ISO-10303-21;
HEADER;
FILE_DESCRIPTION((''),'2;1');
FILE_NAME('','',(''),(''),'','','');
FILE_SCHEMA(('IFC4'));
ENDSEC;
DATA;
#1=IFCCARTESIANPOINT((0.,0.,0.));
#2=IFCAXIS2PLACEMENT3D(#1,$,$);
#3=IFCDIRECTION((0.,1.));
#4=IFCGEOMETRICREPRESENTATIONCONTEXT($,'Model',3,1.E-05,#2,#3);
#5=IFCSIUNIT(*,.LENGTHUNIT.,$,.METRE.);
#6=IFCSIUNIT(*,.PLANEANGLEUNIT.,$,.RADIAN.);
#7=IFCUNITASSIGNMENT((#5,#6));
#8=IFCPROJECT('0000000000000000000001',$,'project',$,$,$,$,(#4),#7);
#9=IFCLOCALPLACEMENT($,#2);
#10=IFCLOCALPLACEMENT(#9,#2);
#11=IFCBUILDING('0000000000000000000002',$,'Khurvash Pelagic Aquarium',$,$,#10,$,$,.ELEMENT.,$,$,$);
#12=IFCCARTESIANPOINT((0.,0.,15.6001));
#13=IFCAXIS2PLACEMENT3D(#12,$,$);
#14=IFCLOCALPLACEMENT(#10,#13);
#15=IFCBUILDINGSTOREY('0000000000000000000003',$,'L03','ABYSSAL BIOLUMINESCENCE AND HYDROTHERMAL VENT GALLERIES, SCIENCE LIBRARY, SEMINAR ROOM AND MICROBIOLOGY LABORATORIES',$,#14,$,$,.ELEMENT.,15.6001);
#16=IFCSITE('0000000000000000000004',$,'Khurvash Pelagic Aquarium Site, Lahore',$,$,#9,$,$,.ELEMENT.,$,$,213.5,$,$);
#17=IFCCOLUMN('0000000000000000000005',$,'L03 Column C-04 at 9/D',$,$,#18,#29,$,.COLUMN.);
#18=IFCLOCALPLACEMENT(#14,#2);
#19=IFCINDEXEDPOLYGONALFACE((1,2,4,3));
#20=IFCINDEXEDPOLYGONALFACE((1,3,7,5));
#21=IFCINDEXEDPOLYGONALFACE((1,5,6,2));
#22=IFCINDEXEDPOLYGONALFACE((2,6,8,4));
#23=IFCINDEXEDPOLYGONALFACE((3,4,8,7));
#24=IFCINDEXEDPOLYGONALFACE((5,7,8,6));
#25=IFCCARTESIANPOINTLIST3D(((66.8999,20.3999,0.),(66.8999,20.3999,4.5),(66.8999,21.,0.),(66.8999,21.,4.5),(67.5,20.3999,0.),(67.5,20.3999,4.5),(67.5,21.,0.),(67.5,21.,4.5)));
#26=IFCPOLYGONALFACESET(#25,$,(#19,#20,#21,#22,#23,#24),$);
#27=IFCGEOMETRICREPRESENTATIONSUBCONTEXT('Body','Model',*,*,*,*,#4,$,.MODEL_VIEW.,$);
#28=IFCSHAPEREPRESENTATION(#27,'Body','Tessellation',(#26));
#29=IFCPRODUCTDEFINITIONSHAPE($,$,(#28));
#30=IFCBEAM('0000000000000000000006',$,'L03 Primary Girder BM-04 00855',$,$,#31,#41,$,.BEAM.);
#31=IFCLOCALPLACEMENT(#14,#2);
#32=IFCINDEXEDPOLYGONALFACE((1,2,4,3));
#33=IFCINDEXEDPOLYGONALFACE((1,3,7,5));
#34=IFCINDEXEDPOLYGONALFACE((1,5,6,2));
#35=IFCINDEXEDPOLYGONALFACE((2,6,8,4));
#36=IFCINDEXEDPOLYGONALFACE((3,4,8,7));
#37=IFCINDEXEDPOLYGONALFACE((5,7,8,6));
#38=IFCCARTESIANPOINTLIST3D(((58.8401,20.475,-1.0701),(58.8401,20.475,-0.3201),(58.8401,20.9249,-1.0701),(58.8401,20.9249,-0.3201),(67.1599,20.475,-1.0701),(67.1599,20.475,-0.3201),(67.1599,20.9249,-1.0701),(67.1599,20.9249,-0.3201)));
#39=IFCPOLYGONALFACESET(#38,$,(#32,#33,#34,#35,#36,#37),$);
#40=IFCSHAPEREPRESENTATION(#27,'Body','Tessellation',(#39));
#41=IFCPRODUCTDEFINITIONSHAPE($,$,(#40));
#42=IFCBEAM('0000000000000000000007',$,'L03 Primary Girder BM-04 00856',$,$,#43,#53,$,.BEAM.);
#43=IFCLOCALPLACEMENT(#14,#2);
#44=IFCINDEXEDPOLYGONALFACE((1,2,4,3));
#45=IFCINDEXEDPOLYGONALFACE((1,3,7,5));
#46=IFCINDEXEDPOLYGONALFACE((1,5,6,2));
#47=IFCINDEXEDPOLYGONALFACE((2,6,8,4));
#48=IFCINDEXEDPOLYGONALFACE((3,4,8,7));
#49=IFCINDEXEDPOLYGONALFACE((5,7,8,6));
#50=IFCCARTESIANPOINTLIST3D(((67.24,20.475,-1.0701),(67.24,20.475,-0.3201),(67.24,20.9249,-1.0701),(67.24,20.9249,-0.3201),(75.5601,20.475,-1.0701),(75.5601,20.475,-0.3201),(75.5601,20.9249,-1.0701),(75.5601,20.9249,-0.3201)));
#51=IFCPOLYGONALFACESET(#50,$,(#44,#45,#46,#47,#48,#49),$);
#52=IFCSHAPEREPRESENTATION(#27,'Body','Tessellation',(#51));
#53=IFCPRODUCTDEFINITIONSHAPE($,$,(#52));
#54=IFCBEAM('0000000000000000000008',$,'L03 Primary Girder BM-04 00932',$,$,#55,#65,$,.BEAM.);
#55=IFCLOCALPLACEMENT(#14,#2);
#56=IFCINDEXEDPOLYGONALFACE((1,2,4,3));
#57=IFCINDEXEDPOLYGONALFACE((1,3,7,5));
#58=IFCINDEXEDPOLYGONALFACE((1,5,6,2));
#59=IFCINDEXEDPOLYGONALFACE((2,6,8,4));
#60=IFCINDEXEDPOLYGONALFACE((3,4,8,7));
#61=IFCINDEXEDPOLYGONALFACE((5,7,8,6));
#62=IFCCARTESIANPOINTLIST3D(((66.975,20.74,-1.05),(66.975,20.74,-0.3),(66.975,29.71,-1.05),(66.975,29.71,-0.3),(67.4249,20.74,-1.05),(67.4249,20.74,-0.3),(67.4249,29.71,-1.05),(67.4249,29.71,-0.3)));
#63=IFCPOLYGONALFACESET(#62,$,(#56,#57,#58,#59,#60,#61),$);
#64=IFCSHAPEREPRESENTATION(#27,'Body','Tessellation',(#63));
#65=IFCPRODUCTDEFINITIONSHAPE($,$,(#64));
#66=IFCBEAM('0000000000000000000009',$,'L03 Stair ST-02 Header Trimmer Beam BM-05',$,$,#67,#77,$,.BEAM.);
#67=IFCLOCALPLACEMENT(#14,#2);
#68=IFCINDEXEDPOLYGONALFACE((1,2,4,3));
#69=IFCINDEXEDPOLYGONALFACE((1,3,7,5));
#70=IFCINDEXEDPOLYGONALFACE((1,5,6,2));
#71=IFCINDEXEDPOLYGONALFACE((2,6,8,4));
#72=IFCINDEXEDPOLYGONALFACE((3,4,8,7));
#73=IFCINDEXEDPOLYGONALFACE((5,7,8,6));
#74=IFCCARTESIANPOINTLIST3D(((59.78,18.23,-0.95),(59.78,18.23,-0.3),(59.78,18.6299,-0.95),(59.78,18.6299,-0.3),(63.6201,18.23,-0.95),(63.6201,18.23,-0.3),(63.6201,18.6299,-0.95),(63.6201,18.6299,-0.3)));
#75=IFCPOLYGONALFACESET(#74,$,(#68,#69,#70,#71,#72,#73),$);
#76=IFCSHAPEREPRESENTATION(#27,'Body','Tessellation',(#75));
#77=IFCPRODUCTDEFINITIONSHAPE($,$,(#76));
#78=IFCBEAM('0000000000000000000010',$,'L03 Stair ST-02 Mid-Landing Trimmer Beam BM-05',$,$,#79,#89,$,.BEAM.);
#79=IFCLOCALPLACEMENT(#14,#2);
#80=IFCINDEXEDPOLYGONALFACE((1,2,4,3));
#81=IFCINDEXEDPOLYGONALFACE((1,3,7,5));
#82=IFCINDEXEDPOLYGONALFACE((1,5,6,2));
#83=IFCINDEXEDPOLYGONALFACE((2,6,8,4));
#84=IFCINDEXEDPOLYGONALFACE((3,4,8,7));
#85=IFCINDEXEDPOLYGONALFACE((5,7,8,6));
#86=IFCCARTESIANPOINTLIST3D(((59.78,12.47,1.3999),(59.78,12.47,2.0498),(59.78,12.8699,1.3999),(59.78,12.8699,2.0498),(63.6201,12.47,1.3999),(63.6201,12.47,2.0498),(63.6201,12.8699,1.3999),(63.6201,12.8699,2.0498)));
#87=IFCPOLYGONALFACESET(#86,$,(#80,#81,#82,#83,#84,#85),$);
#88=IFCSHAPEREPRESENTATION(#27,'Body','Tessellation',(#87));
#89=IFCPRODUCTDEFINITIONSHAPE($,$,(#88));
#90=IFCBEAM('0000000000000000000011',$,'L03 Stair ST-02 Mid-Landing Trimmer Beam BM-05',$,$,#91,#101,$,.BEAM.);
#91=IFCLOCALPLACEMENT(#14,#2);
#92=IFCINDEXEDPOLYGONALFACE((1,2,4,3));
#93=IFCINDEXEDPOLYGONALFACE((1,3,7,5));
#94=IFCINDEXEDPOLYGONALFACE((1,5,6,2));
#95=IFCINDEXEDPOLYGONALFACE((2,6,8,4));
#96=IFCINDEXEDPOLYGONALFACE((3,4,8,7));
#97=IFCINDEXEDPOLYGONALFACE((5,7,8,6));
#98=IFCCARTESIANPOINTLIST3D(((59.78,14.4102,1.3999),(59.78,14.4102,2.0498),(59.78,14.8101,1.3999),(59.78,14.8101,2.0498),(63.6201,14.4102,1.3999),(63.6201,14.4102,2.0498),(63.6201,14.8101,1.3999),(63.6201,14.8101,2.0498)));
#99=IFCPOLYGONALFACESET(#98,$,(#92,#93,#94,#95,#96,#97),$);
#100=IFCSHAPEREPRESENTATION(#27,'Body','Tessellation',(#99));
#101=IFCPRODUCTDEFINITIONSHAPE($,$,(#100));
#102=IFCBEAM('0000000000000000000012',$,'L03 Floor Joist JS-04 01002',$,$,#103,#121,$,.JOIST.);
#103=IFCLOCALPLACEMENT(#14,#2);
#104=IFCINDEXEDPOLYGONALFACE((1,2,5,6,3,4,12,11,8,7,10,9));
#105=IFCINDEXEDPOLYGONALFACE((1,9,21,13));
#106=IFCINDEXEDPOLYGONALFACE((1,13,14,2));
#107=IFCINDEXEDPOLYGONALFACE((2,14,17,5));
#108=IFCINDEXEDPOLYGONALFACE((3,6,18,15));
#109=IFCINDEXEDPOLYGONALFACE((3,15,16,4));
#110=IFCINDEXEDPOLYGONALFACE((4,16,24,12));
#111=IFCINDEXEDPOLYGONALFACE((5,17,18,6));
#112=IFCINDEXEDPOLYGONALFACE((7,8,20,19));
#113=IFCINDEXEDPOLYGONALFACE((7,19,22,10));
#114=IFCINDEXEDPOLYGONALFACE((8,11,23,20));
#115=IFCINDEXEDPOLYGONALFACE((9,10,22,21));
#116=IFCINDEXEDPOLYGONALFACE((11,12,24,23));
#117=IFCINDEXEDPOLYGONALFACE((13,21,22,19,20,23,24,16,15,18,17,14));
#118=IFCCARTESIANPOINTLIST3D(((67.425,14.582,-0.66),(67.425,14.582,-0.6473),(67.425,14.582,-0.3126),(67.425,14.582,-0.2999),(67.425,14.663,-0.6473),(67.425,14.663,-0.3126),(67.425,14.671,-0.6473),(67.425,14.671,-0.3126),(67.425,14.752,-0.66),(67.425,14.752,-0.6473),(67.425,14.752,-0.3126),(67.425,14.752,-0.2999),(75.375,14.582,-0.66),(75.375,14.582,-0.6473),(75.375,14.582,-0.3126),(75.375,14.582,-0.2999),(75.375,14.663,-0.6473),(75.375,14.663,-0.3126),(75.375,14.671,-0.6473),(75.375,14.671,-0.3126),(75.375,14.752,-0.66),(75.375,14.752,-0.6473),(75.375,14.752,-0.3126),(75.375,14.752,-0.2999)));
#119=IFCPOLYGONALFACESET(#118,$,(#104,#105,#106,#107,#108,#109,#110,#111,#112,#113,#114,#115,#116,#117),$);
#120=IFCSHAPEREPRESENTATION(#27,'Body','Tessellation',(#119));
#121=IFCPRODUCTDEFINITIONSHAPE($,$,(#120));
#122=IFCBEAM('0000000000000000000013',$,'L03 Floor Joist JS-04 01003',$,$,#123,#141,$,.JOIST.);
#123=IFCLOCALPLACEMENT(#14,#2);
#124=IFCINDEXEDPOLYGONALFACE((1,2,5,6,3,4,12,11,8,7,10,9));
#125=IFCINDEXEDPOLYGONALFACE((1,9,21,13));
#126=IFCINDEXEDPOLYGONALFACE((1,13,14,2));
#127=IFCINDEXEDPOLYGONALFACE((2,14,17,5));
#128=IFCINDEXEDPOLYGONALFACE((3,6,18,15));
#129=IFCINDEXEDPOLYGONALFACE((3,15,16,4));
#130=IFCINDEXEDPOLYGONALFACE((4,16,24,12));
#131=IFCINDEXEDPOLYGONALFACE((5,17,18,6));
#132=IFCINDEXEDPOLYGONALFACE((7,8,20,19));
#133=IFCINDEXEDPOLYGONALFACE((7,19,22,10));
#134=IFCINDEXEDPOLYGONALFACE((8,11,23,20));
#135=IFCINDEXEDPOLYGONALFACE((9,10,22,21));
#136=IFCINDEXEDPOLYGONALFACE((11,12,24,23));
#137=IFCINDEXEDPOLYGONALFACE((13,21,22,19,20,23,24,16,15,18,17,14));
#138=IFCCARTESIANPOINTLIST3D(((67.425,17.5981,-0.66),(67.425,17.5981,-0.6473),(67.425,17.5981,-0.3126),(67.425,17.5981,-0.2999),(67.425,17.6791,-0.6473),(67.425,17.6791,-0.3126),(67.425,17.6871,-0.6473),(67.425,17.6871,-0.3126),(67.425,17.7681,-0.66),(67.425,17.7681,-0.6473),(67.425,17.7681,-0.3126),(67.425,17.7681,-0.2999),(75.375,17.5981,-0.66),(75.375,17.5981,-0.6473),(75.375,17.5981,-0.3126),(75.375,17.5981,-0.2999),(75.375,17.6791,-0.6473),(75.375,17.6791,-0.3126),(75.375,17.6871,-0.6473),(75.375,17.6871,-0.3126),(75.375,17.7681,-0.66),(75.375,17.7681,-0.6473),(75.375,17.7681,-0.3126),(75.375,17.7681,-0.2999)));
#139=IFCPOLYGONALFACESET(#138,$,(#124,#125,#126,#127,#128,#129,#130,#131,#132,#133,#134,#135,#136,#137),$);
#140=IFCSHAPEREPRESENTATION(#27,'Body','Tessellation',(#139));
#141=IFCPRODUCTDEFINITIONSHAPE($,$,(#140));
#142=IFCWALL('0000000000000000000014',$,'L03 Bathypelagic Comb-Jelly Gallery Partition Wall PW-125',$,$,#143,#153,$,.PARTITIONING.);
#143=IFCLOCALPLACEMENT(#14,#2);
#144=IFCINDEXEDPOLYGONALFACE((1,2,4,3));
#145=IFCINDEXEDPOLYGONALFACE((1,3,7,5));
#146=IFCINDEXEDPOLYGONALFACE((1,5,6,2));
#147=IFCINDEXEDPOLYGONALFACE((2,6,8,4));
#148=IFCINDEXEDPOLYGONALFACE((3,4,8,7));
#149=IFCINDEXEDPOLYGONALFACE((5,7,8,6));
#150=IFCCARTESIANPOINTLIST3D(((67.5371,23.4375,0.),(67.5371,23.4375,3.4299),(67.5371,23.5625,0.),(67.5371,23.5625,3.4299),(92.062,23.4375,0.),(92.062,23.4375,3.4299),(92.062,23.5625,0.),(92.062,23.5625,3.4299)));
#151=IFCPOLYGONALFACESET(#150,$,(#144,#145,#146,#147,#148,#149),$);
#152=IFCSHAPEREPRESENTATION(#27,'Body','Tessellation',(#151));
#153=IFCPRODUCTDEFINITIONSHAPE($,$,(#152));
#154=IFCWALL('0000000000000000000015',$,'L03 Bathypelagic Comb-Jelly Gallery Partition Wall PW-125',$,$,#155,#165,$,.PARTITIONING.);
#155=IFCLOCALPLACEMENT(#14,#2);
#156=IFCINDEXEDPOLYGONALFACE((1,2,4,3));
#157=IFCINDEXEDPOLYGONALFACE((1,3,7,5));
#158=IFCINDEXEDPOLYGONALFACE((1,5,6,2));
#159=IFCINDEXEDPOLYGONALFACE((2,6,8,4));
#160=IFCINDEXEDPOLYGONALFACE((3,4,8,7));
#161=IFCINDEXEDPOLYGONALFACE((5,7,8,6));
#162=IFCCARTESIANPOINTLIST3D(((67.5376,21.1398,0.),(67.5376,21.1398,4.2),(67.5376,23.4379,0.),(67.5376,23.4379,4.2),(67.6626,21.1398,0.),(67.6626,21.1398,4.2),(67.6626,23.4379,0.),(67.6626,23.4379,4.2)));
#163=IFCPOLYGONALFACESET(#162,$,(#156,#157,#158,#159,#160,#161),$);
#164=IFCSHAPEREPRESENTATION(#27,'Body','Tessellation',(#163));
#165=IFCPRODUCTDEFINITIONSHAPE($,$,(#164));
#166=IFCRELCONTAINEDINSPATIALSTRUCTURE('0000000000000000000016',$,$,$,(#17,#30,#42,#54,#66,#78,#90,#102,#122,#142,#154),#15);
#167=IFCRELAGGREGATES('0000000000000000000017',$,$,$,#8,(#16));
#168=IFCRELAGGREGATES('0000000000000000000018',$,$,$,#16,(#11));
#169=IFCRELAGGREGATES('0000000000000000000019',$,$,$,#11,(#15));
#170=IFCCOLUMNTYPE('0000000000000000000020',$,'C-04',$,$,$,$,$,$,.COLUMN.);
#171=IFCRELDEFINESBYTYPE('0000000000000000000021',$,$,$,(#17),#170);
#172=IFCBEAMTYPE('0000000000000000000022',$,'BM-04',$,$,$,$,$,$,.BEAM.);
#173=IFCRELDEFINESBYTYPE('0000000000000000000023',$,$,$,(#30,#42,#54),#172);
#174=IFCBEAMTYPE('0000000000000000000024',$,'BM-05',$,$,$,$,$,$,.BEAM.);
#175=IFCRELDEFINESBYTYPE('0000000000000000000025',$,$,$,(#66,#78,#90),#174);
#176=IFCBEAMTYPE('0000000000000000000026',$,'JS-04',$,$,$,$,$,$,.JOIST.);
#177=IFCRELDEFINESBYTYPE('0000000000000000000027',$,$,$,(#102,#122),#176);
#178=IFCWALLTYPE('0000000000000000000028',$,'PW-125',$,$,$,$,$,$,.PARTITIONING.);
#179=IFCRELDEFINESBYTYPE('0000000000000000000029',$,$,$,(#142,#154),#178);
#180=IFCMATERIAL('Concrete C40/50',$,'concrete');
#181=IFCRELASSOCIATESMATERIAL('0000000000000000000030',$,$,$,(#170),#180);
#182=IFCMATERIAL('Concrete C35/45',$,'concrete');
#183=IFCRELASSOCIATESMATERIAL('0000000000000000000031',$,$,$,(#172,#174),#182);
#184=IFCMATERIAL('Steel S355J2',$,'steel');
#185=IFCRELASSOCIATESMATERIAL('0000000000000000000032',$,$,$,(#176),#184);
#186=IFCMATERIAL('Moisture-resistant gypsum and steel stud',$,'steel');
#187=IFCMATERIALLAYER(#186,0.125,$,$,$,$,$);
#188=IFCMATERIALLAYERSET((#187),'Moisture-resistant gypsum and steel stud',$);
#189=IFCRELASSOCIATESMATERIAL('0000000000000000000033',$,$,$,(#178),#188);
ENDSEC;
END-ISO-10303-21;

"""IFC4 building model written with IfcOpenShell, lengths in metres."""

from ifc_helpers import new_model, si_unit, direction, frame, frame_2d, origin, origin_2d, place, context, subcontext, project, spatial, rectangle, i_section, extrude, material, layer, layer_set, material_profile, profile_set, type_object, element, save


model = new_model("IFC4")

# Units and contexts
model_context = context("Model", 3, precision=1e-05, world=origin(), true_north=direction((0.0, 1.0)))
body_context = subcontext(model_context, "Body", "Model", "MODEL_VIEW")
ifc_project = project(units=[si_unit("LENGTHUNIT", "METRE"), si_unit("PLANEANGLEUNIT", "RADIAN")], contexts=[model_context])

# Site, building, storey
site_placement = place(None, origin())
site = spatial("IfcSite", under=ifc_project, at=site_placement, Name="Khurvash Pelagic Aquarium Site, Lahore", CompositionType="ELEMENT", RefElevation=213.5)
building_placement = place(site_placement, origin())
building = spatial("IfcBuilding", under=site, at=building_placement, Name="Khurvash Pelagic Aquarium", CompositionType="ELEMENT")
storey_placement = place(building_placement, frame((0.0, 0.0, 15.6001)))
storey = spatial("IfcBuildingStorey", under=building, at=storey_placement, Name="L03", Description="ABYSSAL BIOLUMINESCENCE AND HYDROTHERMAL VENT GALLERIES, SCIENCE LIBRARY, SEMINAR ROOM AND MICROBIOLOGY LABORATORIES", CompositionType="ELEMENT", Elevation=15.6001)

# Column
ifc_material_1 = material(Name="Concrete C40/50", Category="concrete")
ifc_material_profile_1 = material_profile(ifc_material_1, rectangle(XDim=0.6001, YDim=0.6001, at=origin_2d()), Name="RC600X600")
ifc_profile_set_1 = profile_set([ifc_material_profile_1], Name="Concrete C40/50")
column_type = type_object("IfcColumnType", Name="C-04", PredefinedType="COLUMN", material=ifc_profile_set_1)
column_placement = place(storey_placement, frame((67.2, 20.7, 0.0), z_axis=(0.0, 0.0, 1.0), x_axis=(1.0, 0.0, 0.0)))
element("IfcColumn", 1, at=column_placement, inside=storey, type_object=column_type, Name="L03 Column C-04 at 9/D", PredefinedType="COLUMN", context=body_context, shape_type="SweptSolid", body=[
    extrude(rectangle(XDim=0.6001, YDim=0.6001, at=origin_2d()), origin(), (0.0, 0.0, 1.0), 4.5),
])

# Beams
ifc_material_2 = material(Name="Concrete C35/45", Category="concrete")
ifc_material_profile_2 = material_profile(ifc_material_2, rectangle(XDim=0.45, YDim=0.75, at=origin_2d()), Name="RC450X750")
ifc_profile_set_2 = profile_set([ifc_material_profile_2], Name="Concrete C35/45")
beam_type_1 = type_object("IfcBeamType", Name="BM-04", PredefinedType="BEAM", material=ifc_profile_set_2)
beam_1_placement = place(storey_placement, frame((58.8401, 20.7, -0.6951), z_axis=(1.0, 0.0, 0.0), x_axis=(0.0, 1.0, 0.0)))
element("IfcBeam", 2, at=beam_1_placement, inside=storey, type_object=beam_type_1, Name="L03 Primary Girder BM-04 00855", PredefinedType="BEAM", context=body_context, shape_type="SweptSolid", body=[
    extrude(rectangle(XDim=0.45, YDim=0.75, at=origin_2d()), origin(), (0.0, 0.0, 1.0), 8.3198),
])
beam_2_placement = place(storey_placement, frame((67.24, 20.7, -0.6951), z_axis=(1.0, 0.0, 0.0), x_axis=(0.0, 1.0, 0.0)))
element("IfcBeam", 3, at=beam_2_placement, inside=storey, type_object=beam_type_1, Name="L03 Primary Girder BM-04 00856", PredefinedType="BEAM", context=body_context, shape_type="SweptSolid", body=[
    extrude(rectangle(XDim=0.45, YDim=0.75, at=origin_2d()), origin(), (0.0, 0.0, 1.0), 8.3201),
])
beam_3_placement = place(storey_placement, frame((67.2, 20.74, -0.675), z_axis=(0.0, 1.0, 0.0), x_axis=(-1.0, 0.0, 0.0)))
element("IfcBeam", 4, at=beam_3_placement, inside=storey, type_object=beam_type_1, Name="L03 Primary Girder BM-04 00932", PredefinedType="BEAM", context=body_context, shape_type="SweptSolid", body=[
    extrude(rectangle(XDim=0.45, YDim=0.75, at=origin_2d()), origin(), (0.0, 0.0, 1.0), 8.97),
])
ifc_material_profile_3 = material_profile(ifc_material_2, rectangle(XDim=0.3999, YDim=0.6499, at=origin_2d()), Name="RC400X650")
ifc_profile_set_3 = profile_set([ifc_material_profile_3], Name="Concrete C35/45")
beam_type_2 = type_object("IfcBeamType", Name="BM-05", PredefinedType="BEAM", material=ifc_profile_set_3)
for number, where, z_axis, x_axis, name in (
    (5, (59.78, 18.4299, -0.625), (1.0, 0.0, 0.0), (0.0, 1.0, 0.0), "L03 Stair ST-02 Header Trimmer Beam BM-05"),
    (6, (59.78, 12.6699, 1.7249), (1.0, 0.0, 0.0), (0.0, 1.0, 0.0), "L03 Stair ST-02 Mid-Landing Trimmer Beam BM-05"),
    (7, (59.78, 14.6101, 1.7249), (1.0, 0.0, 0.0), (0.0, 1.0, 0.0), "L03 Stair ST-02 Mid-Landing Trimmer Beam BM-05"),
):
    element("IfcBeam", number, at=place(storey_placement, frame(where, z_axis=z_axis, x_axis=x_axis)), inside=storey, type_object=beam_type_2, Name=name, PredefinedType="BEAM", context=body_context, shape_type="SweptSolid", body=[
        extrude(rectangle(XDim=0.3999, YDim=0.6499, at=origin_2d()), origin(), (0.0, 0.0, 1.0), 3.8401),
    ])
ifc_material_3 = material(Name="Steel S355J2", Category="steel")
ifc_material_profile_4 = material_profile(ifc_material_3, i_section(OverallWidth=0.1699, OverallDepth=0.3601, WebThickness=0.0081, FlangeThickness=0.0127, at=origin_2d()), Name="IPE360")
ifc_profile_set_4 = profile_set([ifc_material_profile_4], Name="Steel S355J2")
beam_type_3 = type_object("IfcBeamType", Name="JS-04", PredefinedType="JOIST", material=ifc_profile_set_4)
for number, where, z_axis, x_axis, name in (
    (8, (67.425, 14.667, -0.48), (1.0, 0.0, 0.0), (0.0, 1.0, 0.0), "L03 Floor Joist JS-04 01002"),
    (9, (67.425, 17.6831, -0.48), (1.0, 0.0, 0.0), (0.0, 1.0, 0.0), "L03 Floor Joist JS-04 01003"),
):
    element("IfcBeam", number, at=place(storey_placement, frame(where, z_axis=z_axis, x_axis=x_axis)), inside=storey, type_object=beam_type_3, Name=name, PredefinedType="JOIST", context=body_context, shape_type="SweptSolid", body=[
        extrude(i_section(OverallWidth=0.1699, OverallDepth=0.3601, WebThickness=0.0081, FlangeThickness=0.0127, at=origin_2d()), origin(), (0.0, 0.0, 1.0), 7.95),
    ])

# Walls
ifc_material_4 = material(Name="Moisture-resistant gypsum and steel stud", Category="steel")
ifc_layer_1 = layer(ifc_material_4, 0.125)
ifc_layer_set_1 = layer_set([ifc_layer_1], Name="Moisture-resistant gypsum and steel stud")
wall_type_1 = type_object("IfcWallType", Name="PW-125", PredefinedType="PARTITIONING", material=ifc_layer_set_1)
wall_1_placement = place(storey_placement, frame((67.5371, 23.5, 0.0), z_axis=(0.0, 0.0, 1.0), x_axis=(1.0, 0.0, 0.0)))
element("IfcWall", 10, at=wall_1_placement, inside=storey, type_object=wall_type_1, Name="L03 Bathypelagic Comb-Jelly Gallery Partition Wall PW-125", PredefinedType="PARTITIONING", context=body_context, shape_type="SweptSolid", body=[
    extrude(rectangle(XDim=24.5249, YDim=0.125, at=frame_2d((12.2625, 0.0))), origin(), (0.0, 0.0, 1.0), 3.4299),
])
wall_2_placement = place(storey_placement, frame((67.6001, 21.1399, 0.0), z_axis=(0.0, 0.0, 1.0), x_axis=(0.0, 1.0, 0.0)))
element("IfcWall", 11, at=wall_2_placement, inside=storey, type_object=wall_type_1, Name="L03 Bathypelagic Comb-Jelly Gallery Partition Wall PW-125", PredefinedType="PARTITIONING", context=body_context, shape_type="SweptSolid", body=[
    extrude(rectangle(XDim=2.2981, YDim=0.125, at=frame_2d((1.1489, 0.0))), origin(), (0.0, 0.0, 1.0), 4.2),
])

save(model, "model.ifc")
